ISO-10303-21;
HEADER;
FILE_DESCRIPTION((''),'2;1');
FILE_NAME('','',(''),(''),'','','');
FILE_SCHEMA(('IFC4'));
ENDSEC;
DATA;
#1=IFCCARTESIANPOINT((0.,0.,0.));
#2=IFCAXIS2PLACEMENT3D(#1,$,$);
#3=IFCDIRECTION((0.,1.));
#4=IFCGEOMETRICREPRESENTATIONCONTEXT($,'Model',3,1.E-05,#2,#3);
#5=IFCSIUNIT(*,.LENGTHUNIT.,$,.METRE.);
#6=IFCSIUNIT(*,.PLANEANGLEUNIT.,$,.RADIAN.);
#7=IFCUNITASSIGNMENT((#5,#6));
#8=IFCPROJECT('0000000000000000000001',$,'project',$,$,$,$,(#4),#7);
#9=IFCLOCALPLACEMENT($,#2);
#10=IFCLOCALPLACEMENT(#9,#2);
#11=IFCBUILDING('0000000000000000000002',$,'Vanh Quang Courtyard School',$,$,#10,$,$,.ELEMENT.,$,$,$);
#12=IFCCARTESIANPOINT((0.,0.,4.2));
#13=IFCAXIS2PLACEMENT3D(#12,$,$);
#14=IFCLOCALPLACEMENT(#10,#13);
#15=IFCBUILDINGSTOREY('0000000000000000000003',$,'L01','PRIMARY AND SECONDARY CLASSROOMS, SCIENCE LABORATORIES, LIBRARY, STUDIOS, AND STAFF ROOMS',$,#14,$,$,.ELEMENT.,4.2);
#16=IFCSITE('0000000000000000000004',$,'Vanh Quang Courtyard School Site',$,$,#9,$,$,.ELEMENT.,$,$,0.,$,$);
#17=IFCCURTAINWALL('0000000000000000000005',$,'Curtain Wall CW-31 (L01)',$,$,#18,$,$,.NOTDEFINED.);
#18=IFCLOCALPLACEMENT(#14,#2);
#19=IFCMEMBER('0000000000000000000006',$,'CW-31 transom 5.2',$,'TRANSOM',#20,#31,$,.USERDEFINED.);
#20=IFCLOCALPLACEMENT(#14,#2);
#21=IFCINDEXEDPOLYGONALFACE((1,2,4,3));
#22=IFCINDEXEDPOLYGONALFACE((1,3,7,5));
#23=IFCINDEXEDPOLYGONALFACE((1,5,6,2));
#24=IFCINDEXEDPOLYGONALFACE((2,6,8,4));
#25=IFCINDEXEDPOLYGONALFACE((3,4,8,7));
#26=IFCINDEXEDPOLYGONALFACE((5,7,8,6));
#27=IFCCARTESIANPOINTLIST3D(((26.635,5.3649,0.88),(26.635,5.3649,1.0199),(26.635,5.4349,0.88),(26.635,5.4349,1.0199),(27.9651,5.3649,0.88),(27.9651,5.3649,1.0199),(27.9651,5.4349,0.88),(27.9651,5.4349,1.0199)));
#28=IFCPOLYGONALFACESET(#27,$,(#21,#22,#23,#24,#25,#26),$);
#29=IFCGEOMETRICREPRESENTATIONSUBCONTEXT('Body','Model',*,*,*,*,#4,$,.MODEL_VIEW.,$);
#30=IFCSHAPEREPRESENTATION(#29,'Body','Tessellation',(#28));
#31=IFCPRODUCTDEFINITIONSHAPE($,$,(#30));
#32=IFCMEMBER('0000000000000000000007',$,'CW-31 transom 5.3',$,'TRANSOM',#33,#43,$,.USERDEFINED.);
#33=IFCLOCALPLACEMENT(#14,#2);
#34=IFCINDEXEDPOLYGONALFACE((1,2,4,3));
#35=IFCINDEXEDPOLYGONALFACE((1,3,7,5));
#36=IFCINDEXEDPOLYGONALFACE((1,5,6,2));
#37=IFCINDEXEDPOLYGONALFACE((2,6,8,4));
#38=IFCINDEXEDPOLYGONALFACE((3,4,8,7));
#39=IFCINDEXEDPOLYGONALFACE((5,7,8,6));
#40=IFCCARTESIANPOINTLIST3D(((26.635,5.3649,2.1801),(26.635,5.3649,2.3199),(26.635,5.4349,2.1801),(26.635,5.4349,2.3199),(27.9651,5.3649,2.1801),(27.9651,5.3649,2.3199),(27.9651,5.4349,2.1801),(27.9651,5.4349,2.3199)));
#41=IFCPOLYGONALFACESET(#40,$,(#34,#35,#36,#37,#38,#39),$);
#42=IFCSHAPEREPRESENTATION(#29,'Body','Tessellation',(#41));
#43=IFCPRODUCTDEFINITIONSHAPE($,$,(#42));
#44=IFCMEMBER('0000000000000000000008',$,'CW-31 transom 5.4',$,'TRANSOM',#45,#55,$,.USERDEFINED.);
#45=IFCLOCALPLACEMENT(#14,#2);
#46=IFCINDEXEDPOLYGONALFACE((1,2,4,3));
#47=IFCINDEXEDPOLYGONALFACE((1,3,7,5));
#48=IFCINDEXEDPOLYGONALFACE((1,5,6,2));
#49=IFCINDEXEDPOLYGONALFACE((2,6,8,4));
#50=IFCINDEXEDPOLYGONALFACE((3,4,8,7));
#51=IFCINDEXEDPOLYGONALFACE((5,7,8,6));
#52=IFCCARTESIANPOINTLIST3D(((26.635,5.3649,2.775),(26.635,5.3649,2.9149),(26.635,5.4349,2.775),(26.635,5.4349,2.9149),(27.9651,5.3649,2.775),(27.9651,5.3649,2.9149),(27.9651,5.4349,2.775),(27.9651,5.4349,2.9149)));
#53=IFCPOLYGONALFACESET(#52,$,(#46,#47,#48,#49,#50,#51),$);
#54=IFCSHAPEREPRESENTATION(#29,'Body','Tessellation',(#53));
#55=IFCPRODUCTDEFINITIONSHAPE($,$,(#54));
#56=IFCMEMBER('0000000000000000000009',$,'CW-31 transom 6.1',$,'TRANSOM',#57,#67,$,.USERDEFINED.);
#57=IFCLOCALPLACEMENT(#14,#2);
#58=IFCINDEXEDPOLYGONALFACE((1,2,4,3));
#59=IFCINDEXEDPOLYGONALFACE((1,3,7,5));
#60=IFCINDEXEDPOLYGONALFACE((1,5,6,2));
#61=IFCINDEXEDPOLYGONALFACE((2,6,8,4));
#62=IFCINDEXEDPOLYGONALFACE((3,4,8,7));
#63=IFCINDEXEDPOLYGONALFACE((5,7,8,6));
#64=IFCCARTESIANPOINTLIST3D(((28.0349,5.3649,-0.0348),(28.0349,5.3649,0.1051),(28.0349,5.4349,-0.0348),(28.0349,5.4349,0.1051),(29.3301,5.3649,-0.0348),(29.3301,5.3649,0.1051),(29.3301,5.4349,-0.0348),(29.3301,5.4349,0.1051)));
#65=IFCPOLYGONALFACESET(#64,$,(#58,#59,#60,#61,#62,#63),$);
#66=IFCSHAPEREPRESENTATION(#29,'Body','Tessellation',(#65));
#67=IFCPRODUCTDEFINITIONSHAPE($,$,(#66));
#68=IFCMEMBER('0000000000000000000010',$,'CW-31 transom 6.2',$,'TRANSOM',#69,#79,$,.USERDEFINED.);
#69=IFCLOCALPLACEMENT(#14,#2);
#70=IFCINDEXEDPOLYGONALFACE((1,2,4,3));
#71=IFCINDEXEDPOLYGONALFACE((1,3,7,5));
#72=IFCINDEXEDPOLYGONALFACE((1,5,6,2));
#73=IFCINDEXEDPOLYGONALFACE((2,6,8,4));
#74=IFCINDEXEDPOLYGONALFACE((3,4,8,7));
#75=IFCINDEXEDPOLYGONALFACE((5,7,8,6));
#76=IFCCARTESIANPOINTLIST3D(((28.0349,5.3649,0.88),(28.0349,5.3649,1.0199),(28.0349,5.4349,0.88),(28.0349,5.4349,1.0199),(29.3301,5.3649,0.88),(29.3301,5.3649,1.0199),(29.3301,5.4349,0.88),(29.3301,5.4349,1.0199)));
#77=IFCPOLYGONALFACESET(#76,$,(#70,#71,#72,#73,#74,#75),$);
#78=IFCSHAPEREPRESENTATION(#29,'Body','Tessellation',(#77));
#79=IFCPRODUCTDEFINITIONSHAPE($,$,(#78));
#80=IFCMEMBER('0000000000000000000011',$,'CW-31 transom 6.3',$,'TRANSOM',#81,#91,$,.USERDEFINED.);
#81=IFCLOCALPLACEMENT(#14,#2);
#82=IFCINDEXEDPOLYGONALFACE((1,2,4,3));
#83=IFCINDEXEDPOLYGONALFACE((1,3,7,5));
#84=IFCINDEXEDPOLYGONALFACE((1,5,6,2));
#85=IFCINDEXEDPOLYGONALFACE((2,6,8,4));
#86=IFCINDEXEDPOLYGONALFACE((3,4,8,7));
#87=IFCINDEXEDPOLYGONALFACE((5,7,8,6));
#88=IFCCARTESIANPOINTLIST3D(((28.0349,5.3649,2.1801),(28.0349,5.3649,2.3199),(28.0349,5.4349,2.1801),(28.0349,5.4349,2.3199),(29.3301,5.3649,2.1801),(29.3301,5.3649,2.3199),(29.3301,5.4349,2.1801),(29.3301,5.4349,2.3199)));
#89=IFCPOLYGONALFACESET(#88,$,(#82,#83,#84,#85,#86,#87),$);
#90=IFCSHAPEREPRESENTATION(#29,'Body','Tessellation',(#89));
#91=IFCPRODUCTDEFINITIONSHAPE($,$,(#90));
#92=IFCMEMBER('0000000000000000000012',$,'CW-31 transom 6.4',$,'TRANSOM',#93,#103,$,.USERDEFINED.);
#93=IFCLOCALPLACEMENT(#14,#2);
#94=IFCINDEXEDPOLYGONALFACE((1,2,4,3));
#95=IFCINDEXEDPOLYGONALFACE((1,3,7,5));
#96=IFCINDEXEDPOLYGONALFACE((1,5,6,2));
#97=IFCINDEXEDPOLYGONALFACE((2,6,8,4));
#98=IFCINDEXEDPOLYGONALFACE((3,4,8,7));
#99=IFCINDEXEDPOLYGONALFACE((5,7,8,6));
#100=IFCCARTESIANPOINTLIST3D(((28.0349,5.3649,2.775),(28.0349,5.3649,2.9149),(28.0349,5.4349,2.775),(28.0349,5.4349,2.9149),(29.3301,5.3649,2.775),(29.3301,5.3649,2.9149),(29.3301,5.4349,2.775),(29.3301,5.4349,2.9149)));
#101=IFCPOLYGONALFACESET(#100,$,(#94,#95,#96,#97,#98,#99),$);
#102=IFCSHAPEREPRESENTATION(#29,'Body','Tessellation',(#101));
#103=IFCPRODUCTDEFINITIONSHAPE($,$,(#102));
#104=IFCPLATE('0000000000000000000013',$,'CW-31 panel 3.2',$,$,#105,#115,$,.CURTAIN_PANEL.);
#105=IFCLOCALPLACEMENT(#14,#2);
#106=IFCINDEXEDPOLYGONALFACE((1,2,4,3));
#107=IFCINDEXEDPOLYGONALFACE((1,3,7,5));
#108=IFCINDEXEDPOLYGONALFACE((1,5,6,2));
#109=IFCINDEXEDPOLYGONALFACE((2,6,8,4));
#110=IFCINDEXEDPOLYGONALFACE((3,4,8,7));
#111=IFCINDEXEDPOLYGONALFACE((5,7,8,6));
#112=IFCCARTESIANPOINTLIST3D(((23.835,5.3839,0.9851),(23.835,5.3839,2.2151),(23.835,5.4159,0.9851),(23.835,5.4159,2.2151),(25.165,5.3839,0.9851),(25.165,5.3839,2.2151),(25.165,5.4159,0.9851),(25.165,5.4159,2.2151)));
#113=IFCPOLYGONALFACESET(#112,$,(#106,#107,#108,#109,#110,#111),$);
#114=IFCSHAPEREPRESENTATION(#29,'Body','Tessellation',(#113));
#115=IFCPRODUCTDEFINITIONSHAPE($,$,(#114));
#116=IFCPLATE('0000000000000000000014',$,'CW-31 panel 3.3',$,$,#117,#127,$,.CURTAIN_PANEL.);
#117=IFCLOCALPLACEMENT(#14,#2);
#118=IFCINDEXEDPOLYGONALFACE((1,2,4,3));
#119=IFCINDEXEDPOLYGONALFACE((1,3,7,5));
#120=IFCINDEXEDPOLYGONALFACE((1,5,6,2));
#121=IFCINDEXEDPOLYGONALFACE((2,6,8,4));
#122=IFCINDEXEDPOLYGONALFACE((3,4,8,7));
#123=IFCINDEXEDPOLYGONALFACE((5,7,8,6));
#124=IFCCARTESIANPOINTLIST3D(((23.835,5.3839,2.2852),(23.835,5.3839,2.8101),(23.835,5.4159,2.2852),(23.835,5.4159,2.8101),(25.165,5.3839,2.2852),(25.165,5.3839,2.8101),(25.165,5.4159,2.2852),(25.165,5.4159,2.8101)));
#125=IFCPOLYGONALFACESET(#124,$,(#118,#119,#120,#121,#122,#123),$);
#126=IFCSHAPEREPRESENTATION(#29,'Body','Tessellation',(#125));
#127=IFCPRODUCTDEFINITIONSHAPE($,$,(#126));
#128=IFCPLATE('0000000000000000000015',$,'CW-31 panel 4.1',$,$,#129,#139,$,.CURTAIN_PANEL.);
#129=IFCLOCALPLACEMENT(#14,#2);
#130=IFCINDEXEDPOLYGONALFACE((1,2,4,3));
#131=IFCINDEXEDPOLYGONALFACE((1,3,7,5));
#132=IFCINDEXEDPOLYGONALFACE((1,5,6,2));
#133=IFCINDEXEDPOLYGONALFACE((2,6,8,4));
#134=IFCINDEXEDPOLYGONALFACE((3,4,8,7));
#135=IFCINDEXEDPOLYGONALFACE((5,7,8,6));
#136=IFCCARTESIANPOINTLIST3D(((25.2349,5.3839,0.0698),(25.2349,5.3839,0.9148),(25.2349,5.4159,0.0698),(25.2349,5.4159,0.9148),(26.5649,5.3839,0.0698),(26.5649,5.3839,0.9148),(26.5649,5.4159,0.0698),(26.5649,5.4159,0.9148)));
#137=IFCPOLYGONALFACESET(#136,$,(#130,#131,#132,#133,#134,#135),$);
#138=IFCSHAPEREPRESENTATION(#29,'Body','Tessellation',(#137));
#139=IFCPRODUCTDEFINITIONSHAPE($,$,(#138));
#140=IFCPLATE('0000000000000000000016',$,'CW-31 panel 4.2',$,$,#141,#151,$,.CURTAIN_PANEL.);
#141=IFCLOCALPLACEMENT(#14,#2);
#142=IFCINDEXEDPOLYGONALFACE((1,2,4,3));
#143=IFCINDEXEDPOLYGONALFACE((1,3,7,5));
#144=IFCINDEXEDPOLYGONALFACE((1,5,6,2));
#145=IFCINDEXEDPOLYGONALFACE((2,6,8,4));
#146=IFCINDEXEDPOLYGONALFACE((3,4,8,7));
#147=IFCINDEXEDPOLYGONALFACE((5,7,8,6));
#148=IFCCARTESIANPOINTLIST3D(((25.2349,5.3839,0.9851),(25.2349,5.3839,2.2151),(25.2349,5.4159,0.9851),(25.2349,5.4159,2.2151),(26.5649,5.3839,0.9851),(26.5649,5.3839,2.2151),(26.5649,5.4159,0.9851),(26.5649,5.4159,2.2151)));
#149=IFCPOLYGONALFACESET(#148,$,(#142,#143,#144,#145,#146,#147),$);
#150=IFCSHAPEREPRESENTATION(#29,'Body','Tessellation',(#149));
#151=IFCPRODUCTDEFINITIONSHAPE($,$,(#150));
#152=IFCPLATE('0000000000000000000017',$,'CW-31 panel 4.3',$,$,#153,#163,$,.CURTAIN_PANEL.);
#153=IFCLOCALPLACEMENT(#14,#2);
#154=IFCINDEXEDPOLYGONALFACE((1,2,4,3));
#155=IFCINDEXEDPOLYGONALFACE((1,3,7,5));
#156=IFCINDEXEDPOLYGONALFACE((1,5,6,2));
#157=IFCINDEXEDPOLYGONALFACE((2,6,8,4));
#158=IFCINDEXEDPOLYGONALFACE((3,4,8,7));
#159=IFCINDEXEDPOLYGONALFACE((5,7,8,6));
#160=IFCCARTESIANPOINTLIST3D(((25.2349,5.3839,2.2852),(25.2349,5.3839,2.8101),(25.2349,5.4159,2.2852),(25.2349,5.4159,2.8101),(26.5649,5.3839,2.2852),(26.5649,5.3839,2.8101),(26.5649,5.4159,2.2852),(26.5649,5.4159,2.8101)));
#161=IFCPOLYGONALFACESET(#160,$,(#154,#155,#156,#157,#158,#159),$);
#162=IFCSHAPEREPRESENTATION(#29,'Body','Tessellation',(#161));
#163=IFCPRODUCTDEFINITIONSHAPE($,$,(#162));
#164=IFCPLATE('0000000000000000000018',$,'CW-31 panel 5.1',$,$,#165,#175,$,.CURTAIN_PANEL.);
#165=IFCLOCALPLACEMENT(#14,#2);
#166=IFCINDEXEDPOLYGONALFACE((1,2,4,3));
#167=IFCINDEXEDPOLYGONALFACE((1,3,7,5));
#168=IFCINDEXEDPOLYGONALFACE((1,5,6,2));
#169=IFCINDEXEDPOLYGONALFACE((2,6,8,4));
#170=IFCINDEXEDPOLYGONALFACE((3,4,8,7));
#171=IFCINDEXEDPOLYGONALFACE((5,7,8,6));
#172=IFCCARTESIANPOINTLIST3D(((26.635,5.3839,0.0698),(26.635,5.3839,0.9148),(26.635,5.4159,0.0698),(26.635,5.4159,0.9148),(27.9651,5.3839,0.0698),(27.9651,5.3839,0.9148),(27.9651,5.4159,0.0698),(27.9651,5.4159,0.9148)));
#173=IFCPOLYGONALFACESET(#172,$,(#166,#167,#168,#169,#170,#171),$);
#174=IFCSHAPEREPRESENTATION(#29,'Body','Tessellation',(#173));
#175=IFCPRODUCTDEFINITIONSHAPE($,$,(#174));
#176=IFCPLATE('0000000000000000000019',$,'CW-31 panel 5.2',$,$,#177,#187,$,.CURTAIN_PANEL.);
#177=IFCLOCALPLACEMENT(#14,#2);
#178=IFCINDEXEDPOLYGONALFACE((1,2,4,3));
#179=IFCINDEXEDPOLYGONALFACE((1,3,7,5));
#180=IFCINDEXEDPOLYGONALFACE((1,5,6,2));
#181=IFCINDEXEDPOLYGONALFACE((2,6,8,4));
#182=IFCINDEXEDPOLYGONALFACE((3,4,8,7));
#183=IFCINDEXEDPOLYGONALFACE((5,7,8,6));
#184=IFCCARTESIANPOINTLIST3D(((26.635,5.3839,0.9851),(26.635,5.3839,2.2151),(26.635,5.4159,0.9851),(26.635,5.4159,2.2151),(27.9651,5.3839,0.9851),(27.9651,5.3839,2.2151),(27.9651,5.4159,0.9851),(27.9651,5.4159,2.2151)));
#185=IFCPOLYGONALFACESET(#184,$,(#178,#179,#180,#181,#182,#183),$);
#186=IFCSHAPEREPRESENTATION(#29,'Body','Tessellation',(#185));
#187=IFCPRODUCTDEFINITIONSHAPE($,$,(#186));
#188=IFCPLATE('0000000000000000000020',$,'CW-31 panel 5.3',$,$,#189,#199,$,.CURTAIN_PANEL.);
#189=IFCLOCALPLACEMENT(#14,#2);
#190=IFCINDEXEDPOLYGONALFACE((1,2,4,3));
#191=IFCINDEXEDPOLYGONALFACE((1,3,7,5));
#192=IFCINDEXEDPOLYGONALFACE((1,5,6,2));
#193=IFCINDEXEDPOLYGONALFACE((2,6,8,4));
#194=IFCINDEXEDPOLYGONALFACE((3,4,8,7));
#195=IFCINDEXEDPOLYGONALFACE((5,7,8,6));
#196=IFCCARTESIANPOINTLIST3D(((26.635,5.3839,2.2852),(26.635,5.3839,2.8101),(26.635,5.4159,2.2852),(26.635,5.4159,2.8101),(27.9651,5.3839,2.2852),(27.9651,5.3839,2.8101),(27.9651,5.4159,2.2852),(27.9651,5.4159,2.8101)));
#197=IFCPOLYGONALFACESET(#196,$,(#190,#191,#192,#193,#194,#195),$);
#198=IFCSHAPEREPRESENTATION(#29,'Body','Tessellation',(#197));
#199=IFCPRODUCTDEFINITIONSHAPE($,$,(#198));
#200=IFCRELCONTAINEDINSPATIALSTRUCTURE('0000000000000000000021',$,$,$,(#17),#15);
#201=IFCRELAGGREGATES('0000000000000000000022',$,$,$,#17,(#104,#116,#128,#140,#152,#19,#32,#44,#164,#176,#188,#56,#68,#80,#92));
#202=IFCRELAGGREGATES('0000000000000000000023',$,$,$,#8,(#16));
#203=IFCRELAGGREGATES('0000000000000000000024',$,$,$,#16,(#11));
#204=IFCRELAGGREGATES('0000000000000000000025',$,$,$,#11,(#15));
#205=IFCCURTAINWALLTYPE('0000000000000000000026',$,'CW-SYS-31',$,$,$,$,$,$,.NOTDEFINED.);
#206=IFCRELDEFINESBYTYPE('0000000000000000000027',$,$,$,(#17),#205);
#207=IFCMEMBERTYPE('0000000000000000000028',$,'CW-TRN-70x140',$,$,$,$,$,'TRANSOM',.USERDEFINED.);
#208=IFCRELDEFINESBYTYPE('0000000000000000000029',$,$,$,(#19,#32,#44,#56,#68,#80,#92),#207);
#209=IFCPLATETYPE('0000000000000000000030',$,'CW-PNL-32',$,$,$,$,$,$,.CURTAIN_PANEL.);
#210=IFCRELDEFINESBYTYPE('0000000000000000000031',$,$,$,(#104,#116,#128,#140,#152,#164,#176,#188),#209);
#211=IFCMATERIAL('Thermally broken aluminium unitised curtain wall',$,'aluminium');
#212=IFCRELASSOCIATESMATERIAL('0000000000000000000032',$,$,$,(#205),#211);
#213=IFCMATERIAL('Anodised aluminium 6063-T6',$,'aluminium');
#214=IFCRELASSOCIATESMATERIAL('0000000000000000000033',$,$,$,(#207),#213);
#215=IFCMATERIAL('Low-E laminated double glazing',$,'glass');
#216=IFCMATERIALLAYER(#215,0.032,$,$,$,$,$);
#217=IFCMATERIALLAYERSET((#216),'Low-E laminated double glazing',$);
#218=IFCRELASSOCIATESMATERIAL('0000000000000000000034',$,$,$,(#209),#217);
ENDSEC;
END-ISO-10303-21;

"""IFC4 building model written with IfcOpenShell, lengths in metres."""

from ifc_helpers import new_model, si_unit, direction, frame, origin, origin_2d, place, context, subcontext, project, spatial, rectangle, extrude, material, layer, layer_set, material_profile, profile_set, type_object, element, aggregate, save


model = new_model("IFC4")

# Units and contexts
model_context = context("Model", 3, precision=1e-05, world=origin(), true_north=direction((0.0, 1.0)))
body_context = subcontext(model_context, "Body", "Model", "MODEL_VIEW")
ifc_project = project(units=[si_unit("LENGTHUNIT", "METRE"), si_unit("PLANEANGLEUNIT", "RADIAN")], contexts=[model_context])

# Site, building, storey
site_placement = place(None, origin())
site = spatial("IfcSite", under=ifc_project, at=site_placement, Name="Vanh Quang Courtyard School Site", CompositionType="ELEMENT", RefElevation=0.0)
building_placement = place(site_placement, origin())
building = spatial("IfcBuilding", under=site, at=building_placement, Name="Vanh Quang Courtyard School", CompositionType="ELEMENT")
storey_placement = place(building_placement, frame((0.0, 0.0, 4.2)))
storey = spatial("IfcBuildingStorey", under=building, at=storey_placement, Name="L01", Description="PRIMARY AND SECONDARY CLASSROOMS, SCIENCE LABORATORIES, LIBRARY, STUDIOS, AND STAFF ROOMS", CompositionType="ELEMENT", Elevation=4.2)

# Curtain wall, members, plates
ifc_material_1 = material(Name="Thermally broken aluminium unitised curtain wall", Category="aluminium")
curtain_wall_type = type_object("IfcCurtainWallType", Name="CW-SYS-31", PredefinedType="NOTDEFINED", material=ifc_material_1)
curtain_wall_placement = place(storey_placement, origin())
curtain_wall = element("IfcCurtainWall", 1, at=curtain_wall_placement, inside=storey, type_object=curtain_wall_type, Name="Curtain Wall CW-31 (L01)", PredefinedType="NOTDEFINED")
ifc_material_2 = material(Name="Anodised aluminium 6063-T6", Category="aluminium")
ifc_material_profile_1 = material_profile(ifc_material_2, rectangle(XDim=0.0701, YDim=0.1399, at=origin_2d()), Name="ALU-TRN 70x140")
ifc_profile_set_1 = profile_set([ifc_material_profile_1], Name="Anodised aluminium 6063-T6")
member_type_1 = type_object("IfcMemberType", Name="CW-TRN-70x140", ElementType="TRANSOM", PredefinedType="USERDEFINED", material=ifc_profile_set_1)
member_1_placement = place(storey_placement, frame((26.635, 5.3999, 0.95), z_axis=(1.0, 0.0, 0.0), x_axis=(0.0, 1.0, 0.0)))
member_1 = element("IfcMember", 2, at=member_1_placement, type_object=member_type_1, Name="CW-31 transom 5.2", ObjectType="TRANSOM", PredefinedType="USERDEFINED", context=body_context, shape_type="SweptSolid", body=[
    extrude(rectangle(XDim=0.0701, YDim=0.1399, at=origin_2d()), origin(), (0.0, 0.0, 1.0), 1.3301),
])
member_2_placement = place(storey_placement, frame((26.635, 5.3999, 2.25), z_axis=(1.0, 0.0, 0.0), x_axis=(0.0, 1.0, 0.0)))
member_2 = element("IfcMember", 3, at=member_2_placement, type_object=member_type_1, Name="CW-31 transom 5.3", ObjectType="TRANSOM", PredefinedType="USERDEFINED", context=body_context, shape_type="SweptSolid", body=[
    extrude(rectangle(XDim=0.0701, YDim=0.1399, at=origin_2d()), origin(), (0.0, 0.0, 1.0), 1.3301),
])
member_3_placement = place(storey_placement, frame((26.635, 5.3999, 2.845), z_axis=(1.0, 0.0, 0.0), x_axis=(0.0, 1.0, 0.0)))
member_3 = element("IfcMember", 4, at=member_3_placement, type_object=member_type_1, Name="CW-31 transom 5.4", ObjectType="TRANSOM", PredefinedType="USERDEFINED", context=body_context, shape_type="SweptSolid", body=[
    extrude(rectangle(XDim=0.0701, YDim=0.1399, at=origin_2d()), origin(), (0.0, 0.0, 1.0), 1.3301),
])
member_4_placement = place(storey_placement, frame((28.0349, 5.3999, 0.0352), z_axis=(1.0, 0.0, 0.0), x_axis=(0.0, 1.0, 0.0)))
member_4 = element("IfcMember", 5, at=member_4_placement, type_object=member_type_1, Name="CW-31 transom 6.1", ObjectType="TRANSOM", PredefinedType="USERDEFINED", context=body_context, shape_type="SweptSolid", body=[
    extrude(rectangle(XDim=0.0701, YDim=0.1399, at=origin_2d()), origin(), (0.0, 0.0, 1.0), 1.2952),
])
member_5_placement = place(storey_placement, frame((28.0349, 5.3999, 0.95), z_axis=(1.0, 0.0, 0.0), x_axis=(0.0, 1.0, 0.0)))
member_5 = element("IfcMember", 6, at=member_5_placement, type_object=member_type_1, Name="CW-31 transom 6.2", ObjectType="TRANSOM", PredefinedType="USERDEFINED", context=body_context, shape_type="SweptSolid", body=[
    extrude(rectangle(XDim=0.0701, YDim=0.1399, at=origin_2d()), origin(), (0.0, 0.0, 1.0), 1.2952),
])
member_6_placement = place(storey_placement, frame((28.0349, 5.3999, 2.25), z_axis=(1.0, 0.0, 0.0), x_axis=(0.0, 1.0, 0.0)))
member_6 = element("IfcMember", 7, at=member_6_placement, type_object=member_type_1, Name="CW-31 transom 6.3", ObjectType="TRANSOM", PredefinedType="USERDEFINED", context=body_context, shape_type="SweptSolid", body=[
    extrude(rectangle(XDim=0.0701, YDim=0.1399, at=origin_2d()), origin(), (0.0, 0.0, 1.0), 1.2952),
])
member_7_placement = place(storey_placement, frame((28.0349, 5.3999, 2.845), z_axis=(1.0, 0.0, 0.0), x_axis=(0.0, 1.0, 0.0)))
member_7 = element("IfcMember", 8, at=member_7_placement, type_object=member_type_1, Name="CW-31 transom 6.4", ObjectType="TRANSOM", PredefinedType="USERDEFINED", context=body_context, shape_type="SweptSolid", body=[
    extrude(rectangle(XDim=0.0701, YDim=0.1399, at=origin_2d()), origin(), (0.0, 0.0, 1.0), 1.2952),
])
ifc_material_3 = material(Name="Low-E laminated double glazing", Category="glass")
ifc_layer_1 = layer(ifc_material_3, 0.032)
ifc_layer_set_1 = layer_set([ifc_layer_1], Name="Low-E laminated double glazing")
plate_type = type_object("IfcPlateType", Name="CW-PNL-32", PredefinedType="CURTAIN_PANEL", material=ifc_layer_set_1)
plate_1_placement = place(storey_placement, frame((24.5, 5.3999, 0.9851), z_axis=(0.0, 0.0, 1.0), x_axis=(1.0, 0.0, 0.0)))
plate_1 = element("IfcPlate", 9, at=plate_1_placement, type_object=plate_type, Name="CW-31 panel 3.2", PredefinedType="CURTAIN_PANEL", context=body_context, shape_type="SweptSolid", body=[
    extrude(rectangle(XDim=1.3301, YDim=0.032, at=origin_2d()), origin(), (0.0, 0.0, 1.0), 1.23),
])
plate_2_placement = place(storey_placement, frame((24.5, 5.3999, 2.2852), z_axis=(0.0, 0.0, 1.0), x_axis=(1.0, 0.0, 0.0)))
plate_2 = element("IfcPlate", 10, at=plate_2_placement, type_object=plate_type, Name="CW-31 panel 3.3", PredefinedType="CURTAIN_PANEL", context=body_context, shape_type="SweptSolid", body=[
    extrude(rectangle(XDim=1.3301, YDim=0.032, at=origin_2d()), origin(), (0.0, 0.0, 1.0), 0.5249),
])
plate_3_placement = place(storey_placement, frame((25.8999, 5.3999, 0.0698), z_axis=(0.0, 0.0, 1.0), x_axis=(1.0, 0.0, 0.0)))
plate_3 = element("IfcPlate", 11, at=plate_3_placement, type_object=plate_type, Name="CW-31 panel 4.1", PredefinedType="CURTAIN_PANEL", context=body_context, shape_type="SweptSolid", body=[
    extrude(rectangle(XDim=1.3301, YDim=0.032, at=origin_2d()), origin(), (0.0, 0.0, 1.0), 0.845),
])
plate_4_placement = place(storey_placement, frame((25.8999, 5.3999, 0.9851), z_axis=(0.0, 0.0, 1.0), x_axis=(1.0, 0.0, 0.0)))
plate_4 = element("IfcPlate", 12, at=plate_4_placement, type_object=plate_type, Name="CW-31 panel 4.2", PredefinedType="CURTAIN_PANEL", context=body_context, shape_type="SweptSolid", body=[
    extrude(rectangle(XDim=1.3301, YDim=0.032, at=origin_2d()), origin(), (0.0, 0.0, 1.0), 1.23),
])
plate_5_placement = place(storey_placement, frame((25.8999, 5.3999, 2.2852), z_axis=(0.0, 0.0, 1.0), x_axis=(1.0, 0.0, 0.0)))
plate_5 = element("IfcPlate", 13, at=plate_5_placement, type_object=plate_type, Name="CW-31 panel 4.3", PredefinedType="CURTAIN_PANEL", context=body_context, shape_type="SweptSolid", body=[
    extrude(rectangle(XDim=1.3301, YDim=0.032, at=origin_2d()), origin(), (0.0, 0.0, 1.0), 0.5249),
])
plate_6_placement = place(storey_placement, frame((27.3, 5.3999, 0.0698), z_axis=(0.0, 0.0, 1.0), x_axis=(1.0, 0.0, 0.0)))
plate_6 = element("IfcPlate", 14, at=plate_6_placement, type_object=plate_type, Name="CW-31 panel 5.1", PredefinedType="CURTAIN_PANEL", context=body_context, shape_type="SweptSolid", body=[
    extrude(rectangle(XDim=1.3301, YDim=0.032, at=origin_2d()), origin(), (0.0, 0.0, 1.0), 0.845),
])
plate_7_placement = place(storey_placement, frame((27.3, 5.3999, 0.9851), z_axis=(0.0, 0.0, 1.0), x_axis=(1.0, 0.0, 0.0)))
plate_7 = element("IfcPlate", 15, at=plate_7_placement, type_object=plate_type, Name="CW-31 panel 5.2", PredefinedType="CURTAIN_PANEL", context=body_context, shape_type="SweptSolid", body=[
    extrude(rectangle(XDim=1.3301, YDim=0.032, at=origin_2d()), origin(), (0.0, 0.0, 1.0), 1.23),
])
plate_8_placement = place(storey_placement, frame((27.3, 5.3999, 2.2852), z_axis=(0.0, 0.0, 1.0), x_axis=(1.0, 0.0, 0.0)))
plate_8 = element("IfcPlate", 16, at=plate_8_placement, type_object=plate_type, Name="CW-31 panel 5.3", PredefinedType="CURTAIN_PANEL", context=body_context, shape_type="SweptSolid", body=[
    extrude(rectangle(XDim=1.3301, YDim=0.032, at=origin_2d()), origin(), (0.0, 0.0, 1.0), 0.5249),
])
aggregate(curtain_wall, [plate_1, plate_2, plate_3, plate_4, plate_5, member_1, member_2, member_3, plate_6, plate_7, plate_8, member_4, member_5, member_6, member_7])

save(model, "model.ifc")
